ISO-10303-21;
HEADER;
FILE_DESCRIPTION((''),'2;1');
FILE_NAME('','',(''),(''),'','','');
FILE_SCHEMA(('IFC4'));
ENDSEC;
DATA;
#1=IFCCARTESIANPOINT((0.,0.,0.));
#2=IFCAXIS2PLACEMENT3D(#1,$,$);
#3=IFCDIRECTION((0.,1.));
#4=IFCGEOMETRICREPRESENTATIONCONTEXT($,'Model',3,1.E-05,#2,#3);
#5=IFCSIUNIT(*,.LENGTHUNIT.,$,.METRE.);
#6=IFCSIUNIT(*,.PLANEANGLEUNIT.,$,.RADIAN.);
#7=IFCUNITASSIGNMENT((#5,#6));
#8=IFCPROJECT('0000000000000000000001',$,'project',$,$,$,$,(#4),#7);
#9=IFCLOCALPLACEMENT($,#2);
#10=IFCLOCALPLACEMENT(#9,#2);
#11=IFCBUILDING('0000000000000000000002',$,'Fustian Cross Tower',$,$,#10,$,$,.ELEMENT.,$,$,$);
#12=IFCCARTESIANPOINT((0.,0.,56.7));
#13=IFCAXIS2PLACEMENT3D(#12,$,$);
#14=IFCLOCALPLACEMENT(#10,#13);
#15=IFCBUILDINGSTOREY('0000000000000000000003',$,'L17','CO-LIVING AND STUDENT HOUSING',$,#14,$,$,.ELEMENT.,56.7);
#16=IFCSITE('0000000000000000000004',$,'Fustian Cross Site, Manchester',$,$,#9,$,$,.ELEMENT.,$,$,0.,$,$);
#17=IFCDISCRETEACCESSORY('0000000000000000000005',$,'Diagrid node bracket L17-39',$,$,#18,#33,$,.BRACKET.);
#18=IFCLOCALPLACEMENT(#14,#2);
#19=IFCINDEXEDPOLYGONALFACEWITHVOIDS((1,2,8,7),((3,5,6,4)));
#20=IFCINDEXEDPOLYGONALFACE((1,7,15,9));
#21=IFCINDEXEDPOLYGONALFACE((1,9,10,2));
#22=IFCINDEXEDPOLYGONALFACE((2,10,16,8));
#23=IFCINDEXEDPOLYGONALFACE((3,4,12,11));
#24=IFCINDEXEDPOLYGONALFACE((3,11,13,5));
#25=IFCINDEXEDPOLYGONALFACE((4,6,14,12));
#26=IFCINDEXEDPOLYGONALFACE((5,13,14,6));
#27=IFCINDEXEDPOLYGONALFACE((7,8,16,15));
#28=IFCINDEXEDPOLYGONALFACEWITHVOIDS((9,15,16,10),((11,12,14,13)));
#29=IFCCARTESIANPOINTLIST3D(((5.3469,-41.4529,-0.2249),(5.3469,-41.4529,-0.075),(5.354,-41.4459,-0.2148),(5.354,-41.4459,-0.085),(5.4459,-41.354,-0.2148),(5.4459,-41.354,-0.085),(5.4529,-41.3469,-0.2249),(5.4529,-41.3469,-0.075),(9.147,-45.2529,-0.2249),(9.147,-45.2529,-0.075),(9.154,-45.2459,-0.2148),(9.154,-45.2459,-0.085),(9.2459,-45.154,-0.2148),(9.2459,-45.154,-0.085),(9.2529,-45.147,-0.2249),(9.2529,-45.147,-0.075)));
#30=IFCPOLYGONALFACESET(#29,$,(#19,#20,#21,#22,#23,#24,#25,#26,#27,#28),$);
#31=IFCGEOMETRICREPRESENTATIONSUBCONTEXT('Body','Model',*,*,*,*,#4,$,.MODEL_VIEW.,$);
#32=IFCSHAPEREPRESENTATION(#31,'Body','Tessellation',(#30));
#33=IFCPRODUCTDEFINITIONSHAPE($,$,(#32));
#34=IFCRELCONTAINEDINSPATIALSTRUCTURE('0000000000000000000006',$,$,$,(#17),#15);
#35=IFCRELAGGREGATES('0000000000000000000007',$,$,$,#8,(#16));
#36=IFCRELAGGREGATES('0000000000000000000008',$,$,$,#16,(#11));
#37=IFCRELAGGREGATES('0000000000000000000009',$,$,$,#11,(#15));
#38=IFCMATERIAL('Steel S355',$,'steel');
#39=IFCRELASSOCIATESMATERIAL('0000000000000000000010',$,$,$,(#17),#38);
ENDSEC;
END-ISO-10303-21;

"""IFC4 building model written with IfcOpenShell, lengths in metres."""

from ifc_helpers import new_model, si_unit, direction, frame, origin, origin_2d, place, context, subcontext, project, spatial, hollow_rectangle, extrude, material, element, save


model = new_model("IFC4")

# Units and contexts
model_context = context("Model", 3, precision=1e-05, world=origin(), true_north=direction((0.0, 1.0)))
body_context = subcontext(model_context, "Body", "Model", "MODEL_VIEW")
ifc_project = project(units=[si_unit("LENGTHUNIT", "METRE"), si_unit("PLANEANGLEUNIT", "RADIAN")], contexts=[model_context])

# Site, building, storey
site_placement = place(None, origin())
site = spatial("IfcSite", under=ifc_project, at=site_placement, Name="Fustian Cross Site, Manchester", CompositionType="ELEMENT", RefElevation=0.0)
building_placement = place(site_placement, origin())
building = spatial("IfcBuilding", under=site, at=building_placement, Name="Fustian Cross Tower", CompositionType="ELEMENT")
storey_placement = place(building_placement, frame((0.0, 0.0, 56.7)))
storey = spatial("IfcBuildingStorey", under=building, at=storey_placement, Name="L17", Description="CO-LIVING AND STUDENT HOUSING", CompositionType="ELEMENT", Elevation=56.7)

# Discrete accessory
ifc_material_1 = material(Name="Steel S355", Category="steel")
discrete_accessory_placement = place(storey_placement, frame((9.2, -45.2, -0.1499), z_axis=(-0.707107, 0.707107, 0.0), x_axis=(-0.707107, -0.707107, 0.0)))
element("IfcDiscreteAccessory", 1, at=discrete_accessory_placement, inside=storey, material=ifc_material_1, Name="Diagrid node bracket L17-39", PredefinedType="BRACKET", context=body_context, shape_type="SweptSolid", body=[
    extrude(hollow_rectangle(XDim=0.1499, YDim=0.1499, WallThickness=0.01, at=origin_2d()), origin(), (0.0, 0.0, 1.0), 5.374),
])

save(model, "model.ifc")
